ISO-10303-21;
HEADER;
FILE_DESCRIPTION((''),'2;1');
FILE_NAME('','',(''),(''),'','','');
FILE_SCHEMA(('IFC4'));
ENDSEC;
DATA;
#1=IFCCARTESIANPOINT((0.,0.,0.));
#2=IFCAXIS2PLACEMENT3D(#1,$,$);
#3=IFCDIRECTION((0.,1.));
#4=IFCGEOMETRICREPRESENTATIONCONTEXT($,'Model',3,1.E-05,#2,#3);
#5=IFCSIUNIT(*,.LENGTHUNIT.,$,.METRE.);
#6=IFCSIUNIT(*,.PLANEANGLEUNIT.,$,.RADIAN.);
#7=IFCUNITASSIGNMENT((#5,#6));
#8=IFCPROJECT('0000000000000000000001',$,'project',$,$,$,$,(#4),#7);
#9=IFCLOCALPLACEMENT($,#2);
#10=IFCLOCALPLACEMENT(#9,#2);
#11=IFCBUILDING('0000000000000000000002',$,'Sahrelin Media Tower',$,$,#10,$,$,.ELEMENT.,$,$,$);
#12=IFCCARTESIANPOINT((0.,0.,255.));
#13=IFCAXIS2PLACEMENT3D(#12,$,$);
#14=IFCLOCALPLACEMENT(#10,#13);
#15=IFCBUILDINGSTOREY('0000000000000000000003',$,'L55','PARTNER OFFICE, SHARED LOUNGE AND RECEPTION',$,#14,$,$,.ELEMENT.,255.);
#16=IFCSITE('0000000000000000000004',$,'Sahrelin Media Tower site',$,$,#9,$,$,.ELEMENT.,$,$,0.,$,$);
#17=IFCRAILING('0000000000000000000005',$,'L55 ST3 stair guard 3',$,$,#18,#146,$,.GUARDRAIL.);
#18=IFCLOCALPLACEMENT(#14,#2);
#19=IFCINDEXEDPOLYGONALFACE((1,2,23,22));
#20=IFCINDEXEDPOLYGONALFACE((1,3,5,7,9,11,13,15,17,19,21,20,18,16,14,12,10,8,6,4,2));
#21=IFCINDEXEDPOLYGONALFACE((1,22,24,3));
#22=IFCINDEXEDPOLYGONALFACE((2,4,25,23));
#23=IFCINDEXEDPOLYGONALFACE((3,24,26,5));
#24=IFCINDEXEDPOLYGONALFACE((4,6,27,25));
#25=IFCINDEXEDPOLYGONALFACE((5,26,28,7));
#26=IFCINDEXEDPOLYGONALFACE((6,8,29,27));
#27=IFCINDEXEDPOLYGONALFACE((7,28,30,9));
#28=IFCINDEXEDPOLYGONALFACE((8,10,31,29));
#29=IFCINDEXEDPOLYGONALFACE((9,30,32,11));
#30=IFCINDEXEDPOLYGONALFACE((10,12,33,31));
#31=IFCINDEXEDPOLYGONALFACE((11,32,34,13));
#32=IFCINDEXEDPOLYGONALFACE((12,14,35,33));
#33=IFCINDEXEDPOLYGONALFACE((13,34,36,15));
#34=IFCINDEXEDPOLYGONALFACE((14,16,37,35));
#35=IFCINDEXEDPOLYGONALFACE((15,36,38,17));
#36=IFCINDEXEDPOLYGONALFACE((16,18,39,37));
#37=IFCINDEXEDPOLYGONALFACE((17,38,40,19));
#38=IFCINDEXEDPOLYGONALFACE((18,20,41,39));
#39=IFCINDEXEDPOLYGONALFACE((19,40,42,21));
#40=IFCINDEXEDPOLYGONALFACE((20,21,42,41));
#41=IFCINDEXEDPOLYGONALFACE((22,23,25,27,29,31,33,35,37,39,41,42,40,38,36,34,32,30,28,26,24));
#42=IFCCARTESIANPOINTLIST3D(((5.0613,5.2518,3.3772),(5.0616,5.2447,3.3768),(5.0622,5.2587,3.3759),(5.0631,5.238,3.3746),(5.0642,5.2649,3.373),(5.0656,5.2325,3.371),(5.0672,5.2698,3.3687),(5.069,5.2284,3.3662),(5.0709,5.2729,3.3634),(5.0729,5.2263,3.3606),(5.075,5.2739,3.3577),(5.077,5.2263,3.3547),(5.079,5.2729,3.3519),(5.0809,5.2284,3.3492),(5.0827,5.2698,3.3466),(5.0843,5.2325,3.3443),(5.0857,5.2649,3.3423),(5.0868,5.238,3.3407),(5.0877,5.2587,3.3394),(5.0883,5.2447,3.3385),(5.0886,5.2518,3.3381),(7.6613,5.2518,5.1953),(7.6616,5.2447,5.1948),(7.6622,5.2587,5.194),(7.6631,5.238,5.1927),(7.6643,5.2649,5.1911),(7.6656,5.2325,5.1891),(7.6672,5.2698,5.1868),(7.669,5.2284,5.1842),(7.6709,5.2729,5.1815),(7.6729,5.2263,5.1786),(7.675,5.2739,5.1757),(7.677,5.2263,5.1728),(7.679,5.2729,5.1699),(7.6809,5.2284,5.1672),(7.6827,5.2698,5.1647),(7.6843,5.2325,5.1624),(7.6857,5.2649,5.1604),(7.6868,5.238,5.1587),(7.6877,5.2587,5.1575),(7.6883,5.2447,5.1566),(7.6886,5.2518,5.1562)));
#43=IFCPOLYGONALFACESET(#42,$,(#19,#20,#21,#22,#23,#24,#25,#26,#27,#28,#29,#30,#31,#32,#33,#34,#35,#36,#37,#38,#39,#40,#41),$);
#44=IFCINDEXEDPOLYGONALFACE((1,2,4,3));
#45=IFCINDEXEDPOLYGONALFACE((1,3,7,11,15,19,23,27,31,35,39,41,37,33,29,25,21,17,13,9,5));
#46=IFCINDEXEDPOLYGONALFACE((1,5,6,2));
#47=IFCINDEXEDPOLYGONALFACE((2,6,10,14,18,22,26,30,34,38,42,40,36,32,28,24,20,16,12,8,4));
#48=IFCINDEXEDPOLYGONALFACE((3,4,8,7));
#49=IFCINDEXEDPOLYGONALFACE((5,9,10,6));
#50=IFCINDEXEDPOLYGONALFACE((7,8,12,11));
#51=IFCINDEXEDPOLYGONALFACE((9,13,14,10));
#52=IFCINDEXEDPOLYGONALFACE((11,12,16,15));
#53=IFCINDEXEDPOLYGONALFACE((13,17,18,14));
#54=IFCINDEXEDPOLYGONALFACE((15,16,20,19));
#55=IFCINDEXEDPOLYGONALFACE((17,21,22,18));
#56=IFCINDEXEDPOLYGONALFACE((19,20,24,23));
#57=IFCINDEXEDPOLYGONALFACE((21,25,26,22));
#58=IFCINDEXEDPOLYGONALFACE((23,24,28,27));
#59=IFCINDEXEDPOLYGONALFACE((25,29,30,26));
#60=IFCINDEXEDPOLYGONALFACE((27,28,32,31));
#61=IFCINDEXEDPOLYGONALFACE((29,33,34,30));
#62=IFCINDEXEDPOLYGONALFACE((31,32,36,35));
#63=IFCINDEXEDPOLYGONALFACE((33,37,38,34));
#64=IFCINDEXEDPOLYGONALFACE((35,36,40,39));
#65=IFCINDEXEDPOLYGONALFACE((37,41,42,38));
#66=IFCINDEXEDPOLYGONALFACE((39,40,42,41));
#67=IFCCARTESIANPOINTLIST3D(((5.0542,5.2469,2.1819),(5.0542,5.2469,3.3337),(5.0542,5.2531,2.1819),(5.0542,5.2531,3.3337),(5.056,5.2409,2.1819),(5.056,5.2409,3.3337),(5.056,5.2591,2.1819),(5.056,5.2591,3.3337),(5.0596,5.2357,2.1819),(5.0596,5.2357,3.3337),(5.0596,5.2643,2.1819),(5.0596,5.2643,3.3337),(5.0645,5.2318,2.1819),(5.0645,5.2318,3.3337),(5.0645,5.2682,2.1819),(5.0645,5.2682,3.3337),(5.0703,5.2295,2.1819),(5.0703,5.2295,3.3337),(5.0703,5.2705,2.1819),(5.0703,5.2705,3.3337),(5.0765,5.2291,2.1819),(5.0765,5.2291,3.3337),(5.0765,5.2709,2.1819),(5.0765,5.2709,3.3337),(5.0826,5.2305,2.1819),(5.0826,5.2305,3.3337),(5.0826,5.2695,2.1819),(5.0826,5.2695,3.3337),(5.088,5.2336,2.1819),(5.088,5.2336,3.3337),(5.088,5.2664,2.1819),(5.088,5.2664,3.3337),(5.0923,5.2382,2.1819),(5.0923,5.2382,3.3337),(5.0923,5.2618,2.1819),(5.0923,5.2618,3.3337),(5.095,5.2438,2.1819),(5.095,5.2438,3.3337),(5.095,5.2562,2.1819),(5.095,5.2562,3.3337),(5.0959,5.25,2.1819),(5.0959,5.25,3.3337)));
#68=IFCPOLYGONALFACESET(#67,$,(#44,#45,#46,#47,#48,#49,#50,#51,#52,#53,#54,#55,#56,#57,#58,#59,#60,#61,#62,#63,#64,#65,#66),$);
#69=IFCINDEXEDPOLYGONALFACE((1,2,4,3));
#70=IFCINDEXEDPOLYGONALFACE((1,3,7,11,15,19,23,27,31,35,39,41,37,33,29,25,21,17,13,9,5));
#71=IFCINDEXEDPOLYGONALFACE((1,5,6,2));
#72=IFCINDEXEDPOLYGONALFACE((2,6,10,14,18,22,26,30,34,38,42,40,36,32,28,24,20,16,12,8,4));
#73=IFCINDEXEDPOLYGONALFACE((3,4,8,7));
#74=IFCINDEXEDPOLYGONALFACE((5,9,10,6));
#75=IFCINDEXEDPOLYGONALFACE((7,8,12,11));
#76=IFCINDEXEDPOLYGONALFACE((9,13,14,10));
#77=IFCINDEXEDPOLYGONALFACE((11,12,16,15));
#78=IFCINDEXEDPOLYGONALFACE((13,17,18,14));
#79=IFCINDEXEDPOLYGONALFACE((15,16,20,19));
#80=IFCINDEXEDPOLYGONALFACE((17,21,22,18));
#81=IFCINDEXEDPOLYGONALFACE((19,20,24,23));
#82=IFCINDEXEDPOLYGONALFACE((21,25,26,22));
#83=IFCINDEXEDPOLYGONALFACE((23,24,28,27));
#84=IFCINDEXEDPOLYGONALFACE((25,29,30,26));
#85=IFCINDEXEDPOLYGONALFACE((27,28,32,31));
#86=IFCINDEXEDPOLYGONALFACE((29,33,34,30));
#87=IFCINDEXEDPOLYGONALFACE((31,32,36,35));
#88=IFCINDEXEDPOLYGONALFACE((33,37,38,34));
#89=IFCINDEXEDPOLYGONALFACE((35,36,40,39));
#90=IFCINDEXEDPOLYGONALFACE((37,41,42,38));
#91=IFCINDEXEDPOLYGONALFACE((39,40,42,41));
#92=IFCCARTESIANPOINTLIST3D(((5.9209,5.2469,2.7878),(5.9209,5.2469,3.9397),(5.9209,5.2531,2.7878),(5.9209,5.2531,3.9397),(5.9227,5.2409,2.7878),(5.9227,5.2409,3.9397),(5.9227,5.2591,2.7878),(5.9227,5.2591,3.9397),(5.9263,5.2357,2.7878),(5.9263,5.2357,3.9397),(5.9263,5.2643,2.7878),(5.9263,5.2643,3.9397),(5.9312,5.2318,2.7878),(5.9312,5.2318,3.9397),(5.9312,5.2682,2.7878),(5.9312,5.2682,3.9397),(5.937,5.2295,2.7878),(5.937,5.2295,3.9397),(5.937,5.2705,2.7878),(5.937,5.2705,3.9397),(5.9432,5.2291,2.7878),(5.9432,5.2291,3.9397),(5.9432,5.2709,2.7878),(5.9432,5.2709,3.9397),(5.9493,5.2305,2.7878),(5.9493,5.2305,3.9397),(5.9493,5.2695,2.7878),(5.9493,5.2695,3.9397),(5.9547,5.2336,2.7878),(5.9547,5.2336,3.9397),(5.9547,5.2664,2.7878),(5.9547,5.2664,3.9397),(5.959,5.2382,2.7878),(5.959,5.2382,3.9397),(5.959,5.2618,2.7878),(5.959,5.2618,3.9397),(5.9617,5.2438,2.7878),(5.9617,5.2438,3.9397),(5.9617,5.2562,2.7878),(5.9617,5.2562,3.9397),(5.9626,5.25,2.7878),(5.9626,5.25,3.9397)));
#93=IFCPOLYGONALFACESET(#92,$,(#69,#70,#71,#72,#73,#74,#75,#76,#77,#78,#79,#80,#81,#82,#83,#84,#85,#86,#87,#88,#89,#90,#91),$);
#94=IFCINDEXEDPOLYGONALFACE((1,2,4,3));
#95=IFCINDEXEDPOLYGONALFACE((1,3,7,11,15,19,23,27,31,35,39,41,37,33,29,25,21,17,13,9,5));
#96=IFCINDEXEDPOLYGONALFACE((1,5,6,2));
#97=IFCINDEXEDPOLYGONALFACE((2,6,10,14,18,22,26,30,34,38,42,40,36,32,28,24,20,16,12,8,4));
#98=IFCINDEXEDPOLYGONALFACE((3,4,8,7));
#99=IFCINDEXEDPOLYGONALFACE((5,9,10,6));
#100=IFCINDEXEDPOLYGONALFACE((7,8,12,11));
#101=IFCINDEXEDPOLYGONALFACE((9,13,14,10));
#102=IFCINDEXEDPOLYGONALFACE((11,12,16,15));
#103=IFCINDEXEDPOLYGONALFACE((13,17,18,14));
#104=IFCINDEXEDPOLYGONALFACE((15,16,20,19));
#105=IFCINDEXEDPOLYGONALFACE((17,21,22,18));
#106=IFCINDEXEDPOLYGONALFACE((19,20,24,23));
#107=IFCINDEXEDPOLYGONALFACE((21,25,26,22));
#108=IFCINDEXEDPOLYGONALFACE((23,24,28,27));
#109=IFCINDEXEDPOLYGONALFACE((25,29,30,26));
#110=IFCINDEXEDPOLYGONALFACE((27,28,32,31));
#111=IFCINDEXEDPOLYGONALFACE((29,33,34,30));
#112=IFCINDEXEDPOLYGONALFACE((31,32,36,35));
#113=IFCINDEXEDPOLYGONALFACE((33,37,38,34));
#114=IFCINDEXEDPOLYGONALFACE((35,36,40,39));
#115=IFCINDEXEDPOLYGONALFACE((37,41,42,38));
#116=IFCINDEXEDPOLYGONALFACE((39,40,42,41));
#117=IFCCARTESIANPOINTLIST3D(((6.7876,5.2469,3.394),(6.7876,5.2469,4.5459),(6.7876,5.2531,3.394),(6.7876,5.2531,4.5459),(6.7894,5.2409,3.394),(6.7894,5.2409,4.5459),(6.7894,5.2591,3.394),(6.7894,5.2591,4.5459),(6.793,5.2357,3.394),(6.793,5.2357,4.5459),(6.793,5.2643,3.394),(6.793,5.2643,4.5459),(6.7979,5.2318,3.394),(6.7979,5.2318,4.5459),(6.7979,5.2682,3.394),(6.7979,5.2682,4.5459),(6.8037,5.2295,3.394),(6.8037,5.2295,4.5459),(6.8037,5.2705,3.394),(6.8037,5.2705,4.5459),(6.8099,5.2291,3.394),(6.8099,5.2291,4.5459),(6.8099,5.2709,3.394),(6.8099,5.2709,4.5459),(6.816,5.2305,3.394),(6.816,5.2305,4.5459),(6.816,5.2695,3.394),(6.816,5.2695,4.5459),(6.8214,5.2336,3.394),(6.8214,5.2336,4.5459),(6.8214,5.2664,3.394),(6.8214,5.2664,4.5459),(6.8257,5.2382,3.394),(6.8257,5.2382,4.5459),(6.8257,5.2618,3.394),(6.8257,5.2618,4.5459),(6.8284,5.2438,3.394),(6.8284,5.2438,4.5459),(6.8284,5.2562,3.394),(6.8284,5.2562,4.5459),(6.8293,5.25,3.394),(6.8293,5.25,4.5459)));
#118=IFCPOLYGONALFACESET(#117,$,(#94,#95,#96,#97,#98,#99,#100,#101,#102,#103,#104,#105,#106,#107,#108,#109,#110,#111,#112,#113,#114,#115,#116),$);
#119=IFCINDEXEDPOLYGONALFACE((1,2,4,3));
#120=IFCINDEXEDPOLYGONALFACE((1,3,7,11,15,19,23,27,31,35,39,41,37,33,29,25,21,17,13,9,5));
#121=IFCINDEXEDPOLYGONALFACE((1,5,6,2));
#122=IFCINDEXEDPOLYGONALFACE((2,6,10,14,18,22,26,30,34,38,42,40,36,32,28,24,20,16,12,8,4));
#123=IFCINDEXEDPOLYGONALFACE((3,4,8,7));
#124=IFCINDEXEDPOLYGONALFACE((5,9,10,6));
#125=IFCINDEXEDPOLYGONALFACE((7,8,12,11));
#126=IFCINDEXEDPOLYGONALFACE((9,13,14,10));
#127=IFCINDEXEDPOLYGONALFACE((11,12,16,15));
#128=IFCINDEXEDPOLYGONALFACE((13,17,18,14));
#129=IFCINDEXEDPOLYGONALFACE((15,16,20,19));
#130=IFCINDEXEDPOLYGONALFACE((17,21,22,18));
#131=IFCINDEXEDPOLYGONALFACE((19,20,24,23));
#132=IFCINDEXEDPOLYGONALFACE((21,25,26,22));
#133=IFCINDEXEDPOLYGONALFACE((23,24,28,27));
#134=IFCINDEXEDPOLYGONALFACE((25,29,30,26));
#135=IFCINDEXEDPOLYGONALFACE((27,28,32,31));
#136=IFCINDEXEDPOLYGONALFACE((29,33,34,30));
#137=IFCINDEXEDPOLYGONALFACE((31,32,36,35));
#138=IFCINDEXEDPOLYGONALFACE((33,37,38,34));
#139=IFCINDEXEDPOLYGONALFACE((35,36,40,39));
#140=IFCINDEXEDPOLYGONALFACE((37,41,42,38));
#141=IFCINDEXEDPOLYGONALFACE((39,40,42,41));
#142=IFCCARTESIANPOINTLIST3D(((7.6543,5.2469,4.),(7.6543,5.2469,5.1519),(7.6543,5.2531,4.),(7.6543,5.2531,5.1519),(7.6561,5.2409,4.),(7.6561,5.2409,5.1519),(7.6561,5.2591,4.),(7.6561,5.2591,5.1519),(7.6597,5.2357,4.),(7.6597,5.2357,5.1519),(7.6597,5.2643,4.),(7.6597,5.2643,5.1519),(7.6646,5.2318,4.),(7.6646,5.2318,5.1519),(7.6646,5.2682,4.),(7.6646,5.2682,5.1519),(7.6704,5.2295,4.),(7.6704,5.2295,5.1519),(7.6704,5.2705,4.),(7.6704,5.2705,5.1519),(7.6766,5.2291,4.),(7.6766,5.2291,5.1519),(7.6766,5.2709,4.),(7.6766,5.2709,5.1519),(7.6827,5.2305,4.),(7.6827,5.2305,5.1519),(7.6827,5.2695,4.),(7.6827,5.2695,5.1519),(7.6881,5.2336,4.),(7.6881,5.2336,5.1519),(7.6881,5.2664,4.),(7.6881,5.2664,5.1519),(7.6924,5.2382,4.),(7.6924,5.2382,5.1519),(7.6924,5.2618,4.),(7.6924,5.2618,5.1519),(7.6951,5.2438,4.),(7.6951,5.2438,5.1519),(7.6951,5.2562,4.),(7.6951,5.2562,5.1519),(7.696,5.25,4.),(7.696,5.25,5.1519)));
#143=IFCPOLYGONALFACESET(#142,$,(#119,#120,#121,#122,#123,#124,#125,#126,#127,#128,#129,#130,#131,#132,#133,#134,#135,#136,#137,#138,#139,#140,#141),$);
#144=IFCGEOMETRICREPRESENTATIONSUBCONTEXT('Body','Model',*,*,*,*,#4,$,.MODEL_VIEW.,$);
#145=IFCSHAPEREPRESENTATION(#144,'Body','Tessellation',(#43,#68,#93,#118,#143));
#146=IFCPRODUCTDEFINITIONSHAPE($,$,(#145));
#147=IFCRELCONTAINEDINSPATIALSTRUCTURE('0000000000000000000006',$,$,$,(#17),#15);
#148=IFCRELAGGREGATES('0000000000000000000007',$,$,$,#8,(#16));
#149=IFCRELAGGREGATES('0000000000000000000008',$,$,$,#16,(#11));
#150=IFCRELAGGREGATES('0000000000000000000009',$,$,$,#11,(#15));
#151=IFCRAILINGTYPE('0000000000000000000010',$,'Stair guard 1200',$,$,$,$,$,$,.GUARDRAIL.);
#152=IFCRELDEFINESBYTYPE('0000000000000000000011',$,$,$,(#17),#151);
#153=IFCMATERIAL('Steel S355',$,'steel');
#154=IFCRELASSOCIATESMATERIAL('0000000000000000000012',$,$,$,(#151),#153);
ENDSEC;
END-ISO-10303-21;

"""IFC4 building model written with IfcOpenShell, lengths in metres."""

from ifc_helpers import new_model, si_unit, direction, frame, origin, origin_2d, place, context, subcontext, project, spatial, circle, extrude, material, type_object, element, save


model = new_model("IFC4")

# Units and contexts
model_context = context("Model", 3, precision=1e-05, world=origin(), true_north=direction((0.0, 1.0)))
body_context = subcontext(model_context, "Body", "Model", "MODEL_VIEW")
ifc_project = project(units=[si_unit("LENGTHUNIT", "METRE"), si_unit("PLANEANGLEUNIT", "RADIAN")], contexts=[model_context])

# Site, building, storey
site_placement = place(None, origin())
site = spatial("IfcSite", under=ifc_project, at=site_placement, Name="Sahrelin Media Tower site", CompositionType="ELEMENT", RefElevation=0.0)
building_placement = place(site_placement, origin())
building = spatial("IfcBuilding", under=site, at=building_placement, Name="Sahrelin Media Tower", CompositionType="ELEMENT")
storey_placement = place(building_placement, frame((0.0, 0.0, 255.0)))
storey = spatial("IfcBuildingStorey", under=building, at=storey_placement, Name="L55", Description="PARTNER OFFICE, SHARED LOUNGE AND RECEPTION", CompositionType="ELEMENT", Elevation=255.0)

# Shared definitions
ifc_material_1 = material(Name="Steel S355", Category="steel")

# Railing
railing_type_1 = type_object("IfcRailingType", Name="Stair guard 1200", PredefinedType="GUARDRAIL", material=ifc_material_1)
railing_1_placement = place(storey_placement, frame((5.075, 5.25, 2.1819)))
element("IfcRailing", 1, at=railing_1_placement, inside=storey, type_object=railing_type_1, Name="L55 ST3 stair guard 3", PredefinedType="GUARDRAIL", context=body_context, shape_type="SweptSolid", body=[
    extrude(circle(Radius=0.0239, at=origin_2d()), frame((0.0, 0.0, 1.1758), z_axis=(0.819521, 0.0, 0.573049), x_axis=(0.0, 1.0, 0.0)), (0.0, 0.0, 1.0), 3.1726),
    extrude(circle(Radius=0.021, at=origin_2d()), origin(), (0.0, 0.0, 1.0), 1.1519),
    extrude(circle(Radius=0.021, at=origin_2d()), frame((0.8667, 0.0, 0.606)), (0.0, 0.0, 1.0), 1.1519),
    extrude(circle(Radius=0.021, at=origin_2d()), frame((1.7334, 0.0, 1.2122)), (0.0, 0.0, 1.0), 1.1519),
    extrude(circle(Radius=0.021, at=origin_2d()), frame((2.6001, 0.0, 1.8181)), (0.0, 0.0, 1.0), 1.1519),
])

save(model, "model.ifc")
